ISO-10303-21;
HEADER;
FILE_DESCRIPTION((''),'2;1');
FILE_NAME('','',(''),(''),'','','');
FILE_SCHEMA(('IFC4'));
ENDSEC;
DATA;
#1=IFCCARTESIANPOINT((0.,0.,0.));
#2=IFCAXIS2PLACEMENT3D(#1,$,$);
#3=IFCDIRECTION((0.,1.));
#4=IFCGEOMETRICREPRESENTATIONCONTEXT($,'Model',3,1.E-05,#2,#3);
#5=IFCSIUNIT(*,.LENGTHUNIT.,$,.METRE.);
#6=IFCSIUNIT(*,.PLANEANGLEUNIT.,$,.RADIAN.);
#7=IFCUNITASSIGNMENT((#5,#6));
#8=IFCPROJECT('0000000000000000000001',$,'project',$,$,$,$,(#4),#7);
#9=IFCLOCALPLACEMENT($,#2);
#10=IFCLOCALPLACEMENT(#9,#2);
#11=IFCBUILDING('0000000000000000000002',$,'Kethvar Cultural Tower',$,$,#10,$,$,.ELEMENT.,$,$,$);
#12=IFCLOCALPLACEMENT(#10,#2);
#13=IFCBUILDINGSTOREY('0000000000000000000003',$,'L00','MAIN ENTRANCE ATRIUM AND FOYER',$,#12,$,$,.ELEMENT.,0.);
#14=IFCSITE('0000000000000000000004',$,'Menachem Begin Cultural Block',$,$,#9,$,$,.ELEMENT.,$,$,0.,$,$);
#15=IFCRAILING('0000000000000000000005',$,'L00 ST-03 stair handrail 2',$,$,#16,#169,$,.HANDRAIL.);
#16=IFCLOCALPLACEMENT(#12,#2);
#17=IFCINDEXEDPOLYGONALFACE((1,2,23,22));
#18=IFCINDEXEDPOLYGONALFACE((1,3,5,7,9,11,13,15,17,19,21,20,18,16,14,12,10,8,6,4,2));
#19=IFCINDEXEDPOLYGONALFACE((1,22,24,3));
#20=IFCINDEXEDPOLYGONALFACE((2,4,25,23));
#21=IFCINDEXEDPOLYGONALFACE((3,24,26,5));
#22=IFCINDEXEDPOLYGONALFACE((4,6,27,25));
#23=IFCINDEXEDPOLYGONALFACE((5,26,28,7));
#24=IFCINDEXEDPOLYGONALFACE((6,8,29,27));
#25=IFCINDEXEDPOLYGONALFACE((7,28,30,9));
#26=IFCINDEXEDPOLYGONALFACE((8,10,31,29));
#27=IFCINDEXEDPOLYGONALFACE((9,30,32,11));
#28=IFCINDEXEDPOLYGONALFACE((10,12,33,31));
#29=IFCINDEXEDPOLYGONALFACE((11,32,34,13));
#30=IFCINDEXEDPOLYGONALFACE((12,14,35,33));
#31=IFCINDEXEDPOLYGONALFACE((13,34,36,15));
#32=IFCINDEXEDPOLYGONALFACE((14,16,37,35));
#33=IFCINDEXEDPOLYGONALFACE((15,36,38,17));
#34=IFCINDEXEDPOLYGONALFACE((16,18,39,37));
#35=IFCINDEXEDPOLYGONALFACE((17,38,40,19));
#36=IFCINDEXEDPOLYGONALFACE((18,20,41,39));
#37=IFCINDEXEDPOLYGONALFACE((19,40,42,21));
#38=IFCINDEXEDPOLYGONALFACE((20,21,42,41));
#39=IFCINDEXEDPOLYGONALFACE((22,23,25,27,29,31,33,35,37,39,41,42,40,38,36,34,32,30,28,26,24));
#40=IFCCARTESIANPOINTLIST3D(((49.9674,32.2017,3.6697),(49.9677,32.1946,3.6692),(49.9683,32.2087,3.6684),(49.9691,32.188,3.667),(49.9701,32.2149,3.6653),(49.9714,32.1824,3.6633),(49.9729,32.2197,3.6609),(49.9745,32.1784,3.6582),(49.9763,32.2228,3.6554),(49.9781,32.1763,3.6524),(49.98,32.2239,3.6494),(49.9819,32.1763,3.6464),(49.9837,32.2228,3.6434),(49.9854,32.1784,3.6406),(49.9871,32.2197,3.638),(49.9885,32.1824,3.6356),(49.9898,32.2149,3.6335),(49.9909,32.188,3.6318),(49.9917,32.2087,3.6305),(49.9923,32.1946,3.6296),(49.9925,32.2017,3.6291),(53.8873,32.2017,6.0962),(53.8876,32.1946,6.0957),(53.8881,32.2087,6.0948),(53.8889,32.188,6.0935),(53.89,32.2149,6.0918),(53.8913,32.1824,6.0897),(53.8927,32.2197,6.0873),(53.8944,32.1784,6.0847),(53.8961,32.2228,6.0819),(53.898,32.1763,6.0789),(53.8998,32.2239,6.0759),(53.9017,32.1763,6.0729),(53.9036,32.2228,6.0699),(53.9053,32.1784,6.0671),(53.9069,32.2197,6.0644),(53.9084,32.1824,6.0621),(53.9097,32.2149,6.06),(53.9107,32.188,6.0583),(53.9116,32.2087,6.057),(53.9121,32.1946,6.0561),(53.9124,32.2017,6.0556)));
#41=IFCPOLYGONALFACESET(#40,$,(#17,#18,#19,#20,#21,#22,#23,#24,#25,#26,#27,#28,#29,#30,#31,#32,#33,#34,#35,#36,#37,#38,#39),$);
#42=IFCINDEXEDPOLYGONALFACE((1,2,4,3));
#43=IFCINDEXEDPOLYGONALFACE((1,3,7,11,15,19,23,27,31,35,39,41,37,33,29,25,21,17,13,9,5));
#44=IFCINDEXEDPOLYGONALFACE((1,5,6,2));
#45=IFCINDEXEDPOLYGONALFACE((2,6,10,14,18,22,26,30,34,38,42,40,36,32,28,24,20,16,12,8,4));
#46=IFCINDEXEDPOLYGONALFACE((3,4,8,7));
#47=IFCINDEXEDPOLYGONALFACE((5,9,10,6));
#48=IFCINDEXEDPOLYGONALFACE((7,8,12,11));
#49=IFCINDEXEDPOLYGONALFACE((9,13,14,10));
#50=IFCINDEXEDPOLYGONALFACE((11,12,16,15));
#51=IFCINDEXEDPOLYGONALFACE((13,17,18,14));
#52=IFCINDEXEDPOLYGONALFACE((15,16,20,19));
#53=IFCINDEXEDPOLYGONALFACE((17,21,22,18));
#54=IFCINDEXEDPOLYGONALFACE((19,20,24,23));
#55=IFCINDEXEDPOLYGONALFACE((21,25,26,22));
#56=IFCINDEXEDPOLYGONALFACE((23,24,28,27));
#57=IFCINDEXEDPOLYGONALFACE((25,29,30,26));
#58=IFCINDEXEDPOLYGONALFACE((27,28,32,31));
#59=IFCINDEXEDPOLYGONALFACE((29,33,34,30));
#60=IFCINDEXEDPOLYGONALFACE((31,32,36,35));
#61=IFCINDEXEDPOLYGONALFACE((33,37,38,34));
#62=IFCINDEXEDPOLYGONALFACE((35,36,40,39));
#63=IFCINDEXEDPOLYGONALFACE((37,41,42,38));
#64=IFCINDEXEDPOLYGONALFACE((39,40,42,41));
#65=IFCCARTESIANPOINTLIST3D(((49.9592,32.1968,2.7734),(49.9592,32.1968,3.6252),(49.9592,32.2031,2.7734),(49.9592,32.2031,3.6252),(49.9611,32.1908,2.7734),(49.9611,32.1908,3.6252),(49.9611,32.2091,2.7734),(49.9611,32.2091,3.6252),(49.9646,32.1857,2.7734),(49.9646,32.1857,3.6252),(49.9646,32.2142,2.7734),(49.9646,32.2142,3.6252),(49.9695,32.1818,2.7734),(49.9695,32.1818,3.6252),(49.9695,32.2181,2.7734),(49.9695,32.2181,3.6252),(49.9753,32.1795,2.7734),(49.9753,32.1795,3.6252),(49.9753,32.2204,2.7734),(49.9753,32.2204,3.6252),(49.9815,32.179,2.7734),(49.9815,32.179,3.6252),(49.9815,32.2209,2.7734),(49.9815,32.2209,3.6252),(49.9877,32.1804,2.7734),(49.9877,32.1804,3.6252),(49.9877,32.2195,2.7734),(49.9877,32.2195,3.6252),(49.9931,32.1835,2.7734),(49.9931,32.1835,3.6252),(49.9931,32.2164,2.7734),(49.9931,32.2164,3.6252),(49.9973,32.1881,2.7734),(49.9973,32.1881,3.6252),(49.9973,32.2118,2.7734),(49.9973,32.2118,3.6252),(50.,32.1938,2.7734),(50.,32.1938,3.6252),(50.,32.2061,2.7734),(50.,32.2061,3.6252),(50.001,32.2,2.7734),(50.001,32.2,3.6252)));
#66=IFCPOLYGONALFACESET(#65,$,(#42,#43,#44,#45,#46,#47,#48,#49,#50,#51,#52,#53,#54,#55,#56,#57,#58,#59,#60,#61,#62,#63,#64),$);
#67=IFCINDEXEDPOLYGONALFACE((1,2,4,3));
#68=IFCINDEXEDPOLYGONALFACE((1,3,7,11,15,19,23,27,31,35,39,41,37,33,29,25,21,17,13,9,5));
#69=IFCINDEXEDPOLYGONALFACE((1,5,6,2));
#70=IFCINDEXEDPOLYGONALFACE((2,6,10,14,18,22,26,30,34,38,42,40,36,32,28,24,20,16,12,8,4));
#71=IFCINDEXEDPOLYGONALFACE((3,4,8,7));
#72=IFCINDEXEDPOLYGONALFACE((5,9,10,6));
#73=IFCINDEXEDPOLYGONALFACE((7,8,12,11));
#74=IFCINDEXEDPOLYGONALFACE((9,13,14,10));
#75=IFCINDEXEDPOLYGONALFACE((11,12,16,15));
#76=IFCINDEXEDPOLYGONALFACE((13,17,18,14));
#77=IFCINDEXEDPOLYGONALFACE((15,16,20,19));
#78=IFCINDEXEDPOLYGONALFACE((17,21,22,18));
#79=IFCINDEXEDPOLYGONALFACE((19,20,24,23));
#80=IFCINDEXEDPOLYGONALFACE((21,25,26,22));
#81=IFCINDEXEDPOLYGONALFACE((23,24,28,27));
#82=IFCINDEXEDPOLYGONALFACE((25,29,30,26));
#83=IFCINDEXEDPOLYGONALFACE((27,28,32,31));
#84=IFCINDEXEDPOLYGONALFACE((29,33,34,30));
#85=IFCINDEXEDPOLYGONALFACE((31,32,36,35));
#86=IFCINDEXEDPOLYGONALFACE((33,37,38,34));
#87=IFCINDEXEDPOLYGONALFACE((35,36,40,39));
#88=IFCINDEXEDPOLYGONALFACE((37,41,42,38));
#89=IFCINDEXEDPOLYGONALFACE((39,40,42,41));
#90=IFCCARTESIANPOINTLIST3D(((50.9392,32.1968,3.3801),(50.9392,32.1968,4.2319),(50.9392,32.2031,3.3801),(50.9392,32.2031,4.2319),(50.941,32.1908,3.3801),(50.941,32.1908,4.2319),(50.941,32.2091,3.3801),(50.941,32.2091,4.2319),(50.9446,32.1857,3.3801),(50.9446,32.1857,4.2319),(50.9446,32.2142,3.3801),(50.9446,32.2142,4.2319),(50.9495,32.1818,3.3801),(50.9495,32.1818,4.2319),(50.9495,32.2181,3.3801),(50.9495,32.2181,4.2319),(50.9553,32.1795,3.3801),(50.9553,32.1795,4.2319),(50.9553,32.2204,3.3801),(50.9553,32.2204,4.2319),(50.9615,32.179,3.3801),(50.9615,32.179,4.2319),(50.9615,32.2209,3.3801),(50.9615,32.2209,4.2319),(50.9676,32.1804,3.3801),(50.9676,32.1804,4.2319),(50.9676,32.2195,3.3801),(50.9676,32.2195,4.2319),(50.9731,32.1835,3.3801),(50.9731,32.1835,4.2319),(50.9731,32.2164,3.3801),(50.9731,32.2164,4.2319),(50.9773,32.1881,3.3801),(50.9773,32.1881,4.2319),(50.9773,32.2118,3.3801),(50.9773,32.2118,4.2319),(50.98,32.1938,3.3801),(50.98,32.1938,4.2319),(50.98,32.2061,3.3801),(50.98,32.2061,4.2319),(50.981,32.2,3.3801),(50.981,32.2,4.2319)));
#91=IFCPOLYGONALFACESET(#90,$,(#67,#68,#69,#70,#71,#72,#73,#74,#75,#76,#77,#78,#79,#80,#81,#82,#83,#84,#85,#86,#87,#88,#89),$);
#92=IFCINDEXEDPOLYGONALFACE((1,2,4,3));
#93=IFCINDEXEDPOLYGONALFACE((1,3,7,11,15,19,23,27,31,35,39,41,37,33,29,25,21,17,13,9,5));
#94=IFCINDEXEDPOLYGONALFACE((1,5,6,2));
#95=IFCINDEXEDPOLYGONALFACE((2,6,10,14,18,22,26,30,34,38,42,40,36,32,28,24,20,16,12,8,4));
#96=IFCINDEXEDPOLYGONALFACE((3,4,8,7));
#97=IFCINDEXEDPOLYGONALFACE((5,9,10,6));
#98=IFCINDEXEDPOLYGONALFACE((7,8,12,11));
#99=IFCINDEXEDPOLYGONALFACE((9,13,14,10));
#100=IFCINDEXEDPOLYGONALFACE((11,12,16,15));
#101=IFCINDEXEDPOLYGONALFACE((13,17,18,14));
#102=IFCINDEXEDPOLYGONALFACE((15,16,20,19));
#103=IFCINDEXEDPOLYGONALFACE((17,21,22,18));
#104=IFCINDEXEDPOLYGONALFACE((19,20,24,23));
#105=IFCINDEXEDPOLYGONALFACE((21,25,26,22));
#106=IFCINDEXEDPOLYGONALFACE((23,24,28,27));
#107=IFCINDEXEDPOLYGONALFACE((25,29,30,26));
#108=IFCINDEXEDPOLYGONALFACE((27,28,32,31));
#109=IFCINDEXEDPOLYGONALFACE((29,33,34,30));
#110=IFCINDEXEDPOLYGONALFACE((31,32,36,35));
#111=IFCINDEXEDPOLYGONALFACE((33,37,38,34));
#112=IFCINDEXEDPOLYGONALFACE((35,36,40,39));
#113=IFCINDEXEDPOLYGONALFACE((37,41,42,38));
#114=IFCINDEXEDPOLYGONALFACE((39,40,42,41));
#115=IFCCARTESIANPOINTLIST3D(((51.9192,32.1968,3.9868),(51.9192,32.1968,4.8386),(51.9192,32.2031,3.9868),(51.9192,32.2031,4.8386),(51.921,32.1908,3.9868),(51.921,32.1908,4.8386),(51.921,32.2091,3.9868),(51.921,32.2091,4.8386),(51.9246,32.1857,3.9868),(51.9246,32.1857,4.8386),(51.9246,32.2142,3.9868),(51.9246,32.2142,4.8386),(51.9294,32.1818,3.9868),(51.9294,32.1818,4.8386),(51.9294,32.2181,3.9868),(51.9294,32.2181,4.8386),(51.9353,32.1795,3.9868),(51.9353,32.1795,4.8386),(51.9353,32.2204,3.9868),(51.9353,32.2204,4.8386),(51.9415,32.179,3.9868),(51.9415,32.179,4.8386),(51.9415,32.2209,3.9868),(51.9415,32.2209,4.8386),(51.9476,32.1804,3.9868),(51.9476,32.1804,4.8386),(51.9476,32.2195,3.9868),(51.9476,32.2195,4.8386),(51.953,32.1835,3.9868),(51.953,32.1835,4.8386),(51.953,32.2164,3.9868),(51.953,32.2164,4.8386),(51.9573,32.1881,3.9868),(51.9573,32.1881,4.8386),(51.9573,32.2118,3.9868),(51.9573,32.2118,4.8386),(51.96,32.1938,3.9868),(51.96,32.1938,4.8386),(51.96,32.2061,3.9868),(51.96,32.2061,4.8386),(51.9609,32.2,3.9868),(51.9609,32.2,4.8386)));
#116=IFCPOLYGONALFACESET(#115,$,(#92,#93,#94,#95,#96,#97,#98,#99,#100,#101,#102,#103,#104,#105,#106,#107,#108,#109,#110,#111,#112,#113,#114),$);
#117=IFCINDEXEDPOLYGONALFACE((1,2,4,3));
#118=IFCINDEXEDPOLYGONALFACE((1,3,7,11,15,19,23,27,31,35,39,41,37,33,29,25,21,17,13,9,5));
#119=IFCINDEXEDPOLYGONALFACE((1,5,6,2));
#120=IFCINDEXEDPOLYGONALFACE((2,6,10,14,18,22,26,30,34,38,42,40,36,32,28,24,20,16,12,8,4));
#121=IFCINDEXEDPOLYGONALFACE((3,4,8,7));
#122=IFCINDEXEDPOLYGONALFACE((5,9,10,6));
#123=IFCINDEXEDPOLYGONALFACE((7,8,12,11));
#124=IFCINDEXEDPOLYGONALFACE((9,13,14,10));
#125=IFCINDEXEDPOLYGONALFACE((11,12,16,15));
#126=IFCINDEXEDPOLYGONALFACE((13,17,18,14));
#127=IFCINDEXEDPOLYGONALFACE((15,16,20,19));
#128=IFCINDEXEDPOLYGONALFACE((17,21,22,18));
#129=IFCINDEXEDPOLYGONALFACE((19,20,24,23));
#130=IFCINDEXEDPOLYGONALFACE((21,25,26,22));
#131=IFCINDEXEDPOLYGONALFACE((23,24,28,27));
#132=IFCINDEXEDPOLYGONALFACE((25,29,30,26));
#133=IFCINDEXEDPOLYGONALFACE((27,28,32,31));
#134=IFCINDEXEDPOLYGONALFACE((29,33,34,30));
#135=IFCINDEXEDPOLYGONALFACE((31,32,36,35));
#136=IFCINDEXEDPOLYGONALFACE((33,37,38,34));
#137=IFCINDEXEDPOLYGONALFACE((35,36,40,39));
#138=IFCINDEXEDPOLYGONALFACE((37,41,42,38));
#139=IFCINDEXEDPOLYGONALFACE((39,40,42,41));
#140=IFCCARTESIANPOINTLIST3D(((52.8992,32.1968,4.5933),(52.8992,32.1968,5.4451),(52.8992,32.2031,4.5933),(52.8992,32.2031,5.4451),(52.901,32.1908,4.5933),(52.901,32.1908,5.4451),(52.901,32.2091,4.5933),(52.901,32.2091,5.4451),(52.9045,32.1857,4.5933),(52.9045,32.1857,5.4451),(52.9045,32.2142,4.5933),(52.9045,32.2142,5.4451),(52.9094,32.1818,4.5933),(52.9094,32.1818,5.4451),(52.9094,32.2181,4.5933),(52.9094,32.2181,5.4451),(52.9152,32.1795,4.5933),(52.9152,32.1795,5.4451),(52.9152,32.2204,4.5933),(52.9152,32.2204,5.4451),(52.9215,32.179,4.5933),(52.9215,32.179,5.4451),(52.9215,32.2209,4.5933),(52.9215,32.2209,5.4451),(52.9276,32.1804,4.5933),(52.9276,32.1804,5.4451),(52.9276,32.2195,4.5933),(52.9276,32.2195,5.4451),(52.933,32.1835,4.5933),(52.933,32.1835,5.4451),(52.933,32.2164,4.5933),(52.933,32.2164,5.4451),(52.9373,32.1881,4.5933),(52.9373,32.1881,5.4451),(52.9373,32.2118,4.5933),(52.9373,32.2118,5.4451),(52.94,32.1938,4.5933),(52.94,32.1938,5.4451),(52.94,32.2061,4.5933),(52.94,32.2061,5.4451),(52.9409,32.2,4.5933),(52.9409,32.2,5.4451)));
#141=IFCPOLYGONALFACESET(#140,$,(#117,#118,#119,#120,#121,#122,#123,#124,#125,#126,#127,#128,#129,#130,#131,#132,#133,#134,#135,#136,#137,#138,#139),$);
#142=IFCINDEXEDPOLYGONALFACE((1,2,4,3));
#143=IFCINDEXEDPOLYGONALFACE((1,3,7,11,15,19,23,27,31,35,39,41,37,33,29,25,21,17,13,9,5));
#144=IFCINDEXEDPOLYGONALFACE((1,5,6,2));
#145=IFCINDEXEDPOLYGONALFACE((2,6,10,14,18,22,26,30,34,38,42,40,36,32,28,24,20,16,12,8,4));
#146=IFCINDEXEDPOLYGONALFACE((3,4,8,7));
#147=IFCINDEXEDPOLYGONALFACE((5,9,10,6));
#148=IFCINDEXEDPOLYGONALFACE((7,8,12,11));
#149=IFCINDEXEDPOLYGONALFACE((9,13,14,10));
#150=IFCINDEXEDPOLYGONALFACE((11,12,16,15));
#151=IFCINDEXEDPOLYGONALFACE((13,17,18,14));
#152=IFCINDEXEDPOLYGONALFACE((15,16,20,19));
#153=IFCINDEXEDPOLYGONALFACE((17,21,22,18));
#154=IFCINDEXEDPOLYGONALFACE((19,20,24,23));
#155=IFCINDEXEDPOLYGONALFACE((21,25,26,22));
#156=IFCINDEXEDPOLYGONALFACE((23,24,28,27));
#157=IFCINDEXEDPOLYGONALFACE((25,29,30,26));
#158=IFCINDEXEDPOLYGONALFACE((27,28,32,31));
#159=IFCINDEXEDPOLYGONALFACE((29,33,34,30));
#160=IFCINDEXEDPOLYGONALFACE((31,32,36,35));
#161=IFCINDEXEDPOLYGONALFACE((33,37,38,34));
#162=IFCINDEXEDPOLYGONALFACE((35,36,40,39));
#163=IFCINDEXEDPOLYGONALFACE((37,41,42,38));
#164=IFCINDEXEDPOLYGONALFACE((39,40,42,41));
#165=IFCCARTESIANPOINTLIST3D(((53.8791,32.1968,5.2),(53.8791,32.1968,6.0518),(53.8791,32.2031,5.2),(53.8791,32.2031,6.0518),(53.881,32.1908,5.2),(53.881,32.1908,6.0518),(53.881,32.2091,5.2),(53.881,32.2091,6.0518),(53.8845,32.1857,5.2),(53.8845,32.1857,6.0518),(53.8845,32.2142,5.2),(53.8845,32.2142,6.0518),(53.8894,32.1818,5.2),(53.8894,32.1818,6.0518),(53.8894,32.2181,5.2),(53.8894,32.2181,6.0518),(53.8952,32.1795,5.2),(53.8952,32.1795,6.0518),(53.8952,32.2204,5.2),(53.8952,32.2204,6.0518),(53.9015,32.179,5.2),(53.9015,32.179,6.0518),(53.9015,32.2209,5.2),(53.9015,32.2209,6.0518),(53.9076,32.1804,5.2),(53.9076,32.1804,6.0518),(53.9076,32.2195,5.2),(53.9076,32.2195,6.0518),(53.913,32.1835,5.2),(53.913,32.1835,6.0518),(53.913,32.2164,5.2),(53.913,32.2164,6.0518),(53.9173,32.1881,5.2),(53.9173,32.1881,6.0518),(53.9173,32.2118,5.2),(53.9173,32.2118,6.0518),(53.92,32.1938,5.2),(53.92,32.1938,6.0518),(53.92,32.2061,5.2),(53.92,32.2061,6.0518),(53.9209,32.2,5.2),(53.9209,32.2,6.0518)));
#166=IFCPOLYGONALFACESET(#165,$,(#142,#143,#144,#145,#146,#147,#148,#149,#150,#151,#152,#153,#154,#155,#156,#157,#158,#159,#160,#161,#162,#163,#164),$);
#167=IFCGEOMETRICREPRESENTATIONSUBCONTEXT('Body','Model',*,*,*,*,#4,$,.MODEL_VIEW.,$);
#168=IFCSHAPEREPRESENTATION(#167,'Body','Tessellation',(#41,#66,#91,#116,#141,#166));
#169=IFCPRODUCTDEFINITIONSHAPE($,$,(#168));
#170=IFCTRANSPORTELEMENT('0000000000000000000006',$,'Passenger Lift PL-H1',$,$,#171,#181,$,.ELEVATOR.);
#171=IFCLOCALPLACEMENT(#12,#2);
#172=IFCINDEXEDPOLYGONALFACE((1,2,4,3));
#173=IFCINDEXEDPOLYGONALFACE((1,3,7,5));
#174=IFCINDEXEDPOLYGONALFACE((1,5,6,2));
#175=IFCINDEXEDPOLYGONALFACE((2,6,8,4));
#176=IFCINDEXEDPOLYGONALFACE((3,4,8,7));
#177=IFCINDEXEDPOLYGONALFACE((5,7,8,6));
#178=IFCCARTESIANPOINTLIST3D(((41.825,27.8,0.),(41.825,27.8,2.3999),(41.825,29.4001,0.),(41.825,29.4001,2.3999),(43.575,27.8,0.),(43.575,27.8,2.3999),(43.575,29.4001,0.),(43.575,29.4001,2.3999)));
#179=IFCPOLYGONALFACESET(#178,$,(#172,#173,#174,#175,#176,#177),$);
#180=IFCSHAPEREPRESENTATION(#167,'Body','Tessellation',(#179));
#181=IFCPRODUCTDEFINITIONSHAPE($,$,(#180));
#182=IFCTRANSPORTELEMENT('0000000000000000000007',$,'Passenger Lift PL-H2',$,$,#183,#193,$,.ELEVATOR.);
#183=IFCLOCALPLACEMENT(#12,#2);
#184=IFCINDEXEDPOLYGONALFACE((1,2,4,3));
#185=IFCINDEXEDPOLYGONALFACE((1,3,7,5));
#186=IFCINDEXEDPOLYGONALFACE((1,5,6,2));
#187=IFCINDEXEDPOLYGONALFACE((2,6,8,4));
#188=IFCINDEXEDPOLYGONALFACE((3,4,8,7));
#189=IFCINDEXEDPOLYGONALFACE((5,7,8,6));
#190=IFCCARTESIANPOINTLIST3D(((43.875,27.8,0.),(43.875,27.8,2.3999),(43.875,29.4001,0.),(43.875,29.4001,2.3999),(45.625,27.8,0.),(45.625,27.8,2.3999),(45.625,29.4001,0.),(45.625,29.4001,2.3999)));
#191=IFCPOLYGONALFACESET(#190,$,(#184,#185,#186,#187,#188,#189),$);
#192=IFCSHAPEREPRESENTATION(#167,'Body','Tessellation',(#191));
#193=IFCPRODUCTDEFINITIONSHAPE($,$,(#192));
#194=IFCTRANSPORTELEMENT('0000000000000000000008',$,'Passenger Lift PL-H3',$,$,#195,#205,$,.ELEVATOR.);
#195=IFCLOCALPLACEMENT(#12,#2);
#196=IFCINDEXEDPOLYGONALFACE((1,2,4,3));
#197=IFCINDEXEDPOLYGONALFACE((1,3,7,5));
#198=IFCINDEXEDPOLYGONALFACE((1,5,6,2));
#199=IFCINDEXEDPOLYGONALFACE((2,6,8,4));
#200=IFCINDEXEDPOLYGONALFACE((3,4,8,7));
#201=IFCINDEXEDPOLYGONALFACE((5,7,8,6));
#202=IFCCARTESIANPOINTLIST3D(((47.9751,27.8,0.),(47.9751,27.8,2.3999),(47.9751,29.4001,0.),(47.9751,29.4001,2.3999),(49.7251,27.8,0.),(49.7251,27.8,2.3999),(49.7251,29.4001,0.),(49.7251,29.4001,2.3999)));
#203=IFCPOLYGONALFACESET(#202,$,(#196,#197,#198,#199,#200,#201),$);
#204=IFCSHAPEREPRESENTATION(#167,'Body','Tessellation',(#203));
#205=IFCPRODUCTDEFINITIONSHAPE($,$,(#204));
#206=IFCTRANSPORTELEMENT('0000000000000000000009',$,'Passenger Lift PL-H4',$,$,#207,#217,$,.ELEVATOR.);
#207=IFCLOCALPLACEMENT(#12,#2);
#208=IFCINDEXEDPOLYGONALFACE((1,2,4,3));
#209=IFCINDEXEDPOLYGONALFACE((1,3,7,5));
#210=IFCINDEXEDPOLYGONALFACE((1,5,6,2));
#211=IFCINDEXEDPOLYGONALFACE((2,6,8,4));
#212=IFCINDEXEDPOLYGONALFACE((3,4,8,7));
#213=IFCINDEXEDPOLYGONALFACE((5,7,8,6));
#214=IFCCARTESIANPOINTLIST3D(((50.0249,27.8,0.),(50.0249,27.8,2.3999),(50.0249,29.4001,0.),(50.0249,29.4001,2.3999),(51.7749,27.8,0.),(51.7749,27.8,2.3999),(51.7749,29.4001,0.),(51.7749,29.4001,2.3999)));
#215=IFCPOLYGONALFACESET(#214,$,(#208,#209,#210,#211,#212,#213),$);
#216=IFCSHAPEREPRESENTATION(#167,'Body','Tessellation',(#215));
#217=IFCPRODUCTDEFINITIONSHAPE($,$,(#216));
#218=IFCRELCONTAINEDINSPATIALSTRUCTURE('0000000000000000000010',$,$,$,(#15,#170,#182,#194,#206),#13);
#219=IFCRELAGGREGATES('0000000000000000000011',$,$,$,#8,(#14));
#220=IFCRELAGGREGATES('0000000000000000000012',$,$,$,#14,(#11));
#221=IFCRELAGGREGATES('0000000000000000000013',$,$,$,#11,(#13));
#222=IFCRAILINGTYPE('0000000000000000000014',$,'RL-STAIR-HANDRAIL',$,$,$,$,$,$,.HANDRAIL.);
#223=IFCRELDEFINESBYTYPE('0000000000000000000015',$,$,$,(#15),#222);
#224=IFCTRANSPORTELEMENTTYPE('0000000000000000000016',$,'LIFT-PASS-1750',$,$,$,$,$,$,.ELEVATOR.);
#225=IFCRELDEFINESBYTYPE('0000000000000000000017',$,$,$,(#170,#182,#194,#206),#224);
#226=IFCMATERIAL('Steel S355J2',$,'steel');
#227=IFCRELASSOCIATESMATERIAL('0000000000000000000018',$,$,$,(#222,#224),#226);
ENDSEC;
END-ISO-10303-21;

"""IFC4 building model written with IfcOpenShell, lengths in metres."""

from ifc_helpers import new_model, si_unit, direction, frame, origin, origin_2d, place, context, subcontext, project, spatial, rectangle, circle, extrude, source, transform, mapped, material, type_object, element, save


model = new_model("IFC4")

# Units and contexts
model_context = context("Model", 3, precision=1e-05, world=origin(), true_north=direction((0.0, 1.0)))
body_context = subcontext(model_context, "Body", "Model", "MODEL_VIEW")
ifc_project = project(units=[si_unit("LENGTHUNIT", "METRE"), si_unit("PLANEANGLEUNIT", "RADIAN")], contexts=[model_context])

# Site, building, storey
site_placement = place(None, origin())
site = spatial("IfcSite", under=ifc_project, at=site_placement, Name="Menachem Begin Cultural Block", CompositionType="ELEMENT", RefElevation=0.0)
building_placement = place(site_placement, origin())
building = spatial("IfcBuilding", under=site, at=building_placement, Name="Kethvar Cultural Tower", CompositionType="ELEMENT")
storey_placement = place(building_placement, origin())
storey = spatial("IfcBuildingStorey", under=building, at=storey_placement, Name="L00", Description="MAIN ENTRANCE ATRIUM AND FOYER", CompositionType="ELEMENT", Elevation=0.0)

# Shared definitions
ifc_material_1 = material(Name="Steel S355J2", Category="steel")

# Railing
railing_type = type_object("IfcRailingType", Name="RL-STAIR-HANDRAIL", PredefinedType="HANDRAIL", material=ifc_material_1)
railing_placement = place(storey_placement, frame((49.98, 32.2, 2.7734)))
element("IfcRailing", 1, at=railing_placement, inside=storey, type_object=railing_type, Name="L00 ST-03 stair handrail 2", PredefinedType="HANDRAIL", context=body_context, shape_type="SweptSolid", body=[
    extrude(circle(Radius=0.0239, at=origin_2d()), frame((0.0, 0.0, 0.876), z_axis=(0.850275, 0.0, 0.526338), x_axis=(0.0, 1.0, 0.0)), (0.0, 0.0, 1.0), 4.6101),
    extrude(circle(Radius=0.021, at=origin_2d()), origin(), (0.0, 0.0, 1.0), 0.8518),
    extrude(circle(Radius=0.021, at=origin_2d()), frame((0.98, 0.0, 0.6067)), (0.0, 0.0, 1.0), 0.8518),
    extrude(circle(Radius=0.021, at=origin_2d()), frame((1.96, 0.0, 1.2134)), (0.0, 0.0, 1.0), 0.8518),
    extrude(circle(Radius=0.021, at=origin_2d()), frame((2.9399, 0.0, 1.8198)), (0.0, 0.0, 1.0), 0.8518),
    extrude(circle(Radius=0.021, at=origin_2d()), frame((3.9199, 0.0, 2.4265)), (0.0, 0.0, 1.0), 0.8518),
])

# Transport elements
transport_element_type = type_object("IfcTransportElementType", Name="LIFT-PASS-1750", PredefinedType="ELEVATOR", material=ifc_material_1)
shared_shape_1 = source(origin(), body_context, "Body", "SweptSolid", [
    extrude(rectangle(XDim=1.75, YDim=1.6001, at=origin_2d()), origin(), (0.0, 0.0, 1.0), 2.3999),
])
for number, where, z_axis, x_axis, name in (
    (2, (42.7, 28.6001, 0.0), (0.0, 0.0, 1.0), (1.0, 0.0, 0.0), "Passenger Lift PL-H1"),
    (3, (44.75, 28.6001, 0.0), (0.0, 0.0, 1.0), (1.0, 0.0, 0.0), "Passenger Lift PL-H2"),
    (4, (48.8501, 28.6001, 0.0), (0.0, 0.0, 1.0), (1.0, 0.0, 0.0), "Passenger Lift PL-H3"),
    (5, (50.8999, 28.6001, 0.0), (0.0, 0.0, 1.0), (1.0, 0.0, 0.0), "Passenger Lift PL-H4"),
):
    element("IfcTransportElement", number, at=place(storey_placement, frame(where, z_axis=z_axis, x_axis=x_axis)), inside=storey, type_object=transport_element_type, Name=name, PredefinedType="ELEVATOR", context=body_context, shape_type="MappedRepresentation", body=[
        mapped(shared_shape_1, transform((0.0, 0.0, 0.0), scale=1.0)),
    ])

save(model, "model.ifc")
